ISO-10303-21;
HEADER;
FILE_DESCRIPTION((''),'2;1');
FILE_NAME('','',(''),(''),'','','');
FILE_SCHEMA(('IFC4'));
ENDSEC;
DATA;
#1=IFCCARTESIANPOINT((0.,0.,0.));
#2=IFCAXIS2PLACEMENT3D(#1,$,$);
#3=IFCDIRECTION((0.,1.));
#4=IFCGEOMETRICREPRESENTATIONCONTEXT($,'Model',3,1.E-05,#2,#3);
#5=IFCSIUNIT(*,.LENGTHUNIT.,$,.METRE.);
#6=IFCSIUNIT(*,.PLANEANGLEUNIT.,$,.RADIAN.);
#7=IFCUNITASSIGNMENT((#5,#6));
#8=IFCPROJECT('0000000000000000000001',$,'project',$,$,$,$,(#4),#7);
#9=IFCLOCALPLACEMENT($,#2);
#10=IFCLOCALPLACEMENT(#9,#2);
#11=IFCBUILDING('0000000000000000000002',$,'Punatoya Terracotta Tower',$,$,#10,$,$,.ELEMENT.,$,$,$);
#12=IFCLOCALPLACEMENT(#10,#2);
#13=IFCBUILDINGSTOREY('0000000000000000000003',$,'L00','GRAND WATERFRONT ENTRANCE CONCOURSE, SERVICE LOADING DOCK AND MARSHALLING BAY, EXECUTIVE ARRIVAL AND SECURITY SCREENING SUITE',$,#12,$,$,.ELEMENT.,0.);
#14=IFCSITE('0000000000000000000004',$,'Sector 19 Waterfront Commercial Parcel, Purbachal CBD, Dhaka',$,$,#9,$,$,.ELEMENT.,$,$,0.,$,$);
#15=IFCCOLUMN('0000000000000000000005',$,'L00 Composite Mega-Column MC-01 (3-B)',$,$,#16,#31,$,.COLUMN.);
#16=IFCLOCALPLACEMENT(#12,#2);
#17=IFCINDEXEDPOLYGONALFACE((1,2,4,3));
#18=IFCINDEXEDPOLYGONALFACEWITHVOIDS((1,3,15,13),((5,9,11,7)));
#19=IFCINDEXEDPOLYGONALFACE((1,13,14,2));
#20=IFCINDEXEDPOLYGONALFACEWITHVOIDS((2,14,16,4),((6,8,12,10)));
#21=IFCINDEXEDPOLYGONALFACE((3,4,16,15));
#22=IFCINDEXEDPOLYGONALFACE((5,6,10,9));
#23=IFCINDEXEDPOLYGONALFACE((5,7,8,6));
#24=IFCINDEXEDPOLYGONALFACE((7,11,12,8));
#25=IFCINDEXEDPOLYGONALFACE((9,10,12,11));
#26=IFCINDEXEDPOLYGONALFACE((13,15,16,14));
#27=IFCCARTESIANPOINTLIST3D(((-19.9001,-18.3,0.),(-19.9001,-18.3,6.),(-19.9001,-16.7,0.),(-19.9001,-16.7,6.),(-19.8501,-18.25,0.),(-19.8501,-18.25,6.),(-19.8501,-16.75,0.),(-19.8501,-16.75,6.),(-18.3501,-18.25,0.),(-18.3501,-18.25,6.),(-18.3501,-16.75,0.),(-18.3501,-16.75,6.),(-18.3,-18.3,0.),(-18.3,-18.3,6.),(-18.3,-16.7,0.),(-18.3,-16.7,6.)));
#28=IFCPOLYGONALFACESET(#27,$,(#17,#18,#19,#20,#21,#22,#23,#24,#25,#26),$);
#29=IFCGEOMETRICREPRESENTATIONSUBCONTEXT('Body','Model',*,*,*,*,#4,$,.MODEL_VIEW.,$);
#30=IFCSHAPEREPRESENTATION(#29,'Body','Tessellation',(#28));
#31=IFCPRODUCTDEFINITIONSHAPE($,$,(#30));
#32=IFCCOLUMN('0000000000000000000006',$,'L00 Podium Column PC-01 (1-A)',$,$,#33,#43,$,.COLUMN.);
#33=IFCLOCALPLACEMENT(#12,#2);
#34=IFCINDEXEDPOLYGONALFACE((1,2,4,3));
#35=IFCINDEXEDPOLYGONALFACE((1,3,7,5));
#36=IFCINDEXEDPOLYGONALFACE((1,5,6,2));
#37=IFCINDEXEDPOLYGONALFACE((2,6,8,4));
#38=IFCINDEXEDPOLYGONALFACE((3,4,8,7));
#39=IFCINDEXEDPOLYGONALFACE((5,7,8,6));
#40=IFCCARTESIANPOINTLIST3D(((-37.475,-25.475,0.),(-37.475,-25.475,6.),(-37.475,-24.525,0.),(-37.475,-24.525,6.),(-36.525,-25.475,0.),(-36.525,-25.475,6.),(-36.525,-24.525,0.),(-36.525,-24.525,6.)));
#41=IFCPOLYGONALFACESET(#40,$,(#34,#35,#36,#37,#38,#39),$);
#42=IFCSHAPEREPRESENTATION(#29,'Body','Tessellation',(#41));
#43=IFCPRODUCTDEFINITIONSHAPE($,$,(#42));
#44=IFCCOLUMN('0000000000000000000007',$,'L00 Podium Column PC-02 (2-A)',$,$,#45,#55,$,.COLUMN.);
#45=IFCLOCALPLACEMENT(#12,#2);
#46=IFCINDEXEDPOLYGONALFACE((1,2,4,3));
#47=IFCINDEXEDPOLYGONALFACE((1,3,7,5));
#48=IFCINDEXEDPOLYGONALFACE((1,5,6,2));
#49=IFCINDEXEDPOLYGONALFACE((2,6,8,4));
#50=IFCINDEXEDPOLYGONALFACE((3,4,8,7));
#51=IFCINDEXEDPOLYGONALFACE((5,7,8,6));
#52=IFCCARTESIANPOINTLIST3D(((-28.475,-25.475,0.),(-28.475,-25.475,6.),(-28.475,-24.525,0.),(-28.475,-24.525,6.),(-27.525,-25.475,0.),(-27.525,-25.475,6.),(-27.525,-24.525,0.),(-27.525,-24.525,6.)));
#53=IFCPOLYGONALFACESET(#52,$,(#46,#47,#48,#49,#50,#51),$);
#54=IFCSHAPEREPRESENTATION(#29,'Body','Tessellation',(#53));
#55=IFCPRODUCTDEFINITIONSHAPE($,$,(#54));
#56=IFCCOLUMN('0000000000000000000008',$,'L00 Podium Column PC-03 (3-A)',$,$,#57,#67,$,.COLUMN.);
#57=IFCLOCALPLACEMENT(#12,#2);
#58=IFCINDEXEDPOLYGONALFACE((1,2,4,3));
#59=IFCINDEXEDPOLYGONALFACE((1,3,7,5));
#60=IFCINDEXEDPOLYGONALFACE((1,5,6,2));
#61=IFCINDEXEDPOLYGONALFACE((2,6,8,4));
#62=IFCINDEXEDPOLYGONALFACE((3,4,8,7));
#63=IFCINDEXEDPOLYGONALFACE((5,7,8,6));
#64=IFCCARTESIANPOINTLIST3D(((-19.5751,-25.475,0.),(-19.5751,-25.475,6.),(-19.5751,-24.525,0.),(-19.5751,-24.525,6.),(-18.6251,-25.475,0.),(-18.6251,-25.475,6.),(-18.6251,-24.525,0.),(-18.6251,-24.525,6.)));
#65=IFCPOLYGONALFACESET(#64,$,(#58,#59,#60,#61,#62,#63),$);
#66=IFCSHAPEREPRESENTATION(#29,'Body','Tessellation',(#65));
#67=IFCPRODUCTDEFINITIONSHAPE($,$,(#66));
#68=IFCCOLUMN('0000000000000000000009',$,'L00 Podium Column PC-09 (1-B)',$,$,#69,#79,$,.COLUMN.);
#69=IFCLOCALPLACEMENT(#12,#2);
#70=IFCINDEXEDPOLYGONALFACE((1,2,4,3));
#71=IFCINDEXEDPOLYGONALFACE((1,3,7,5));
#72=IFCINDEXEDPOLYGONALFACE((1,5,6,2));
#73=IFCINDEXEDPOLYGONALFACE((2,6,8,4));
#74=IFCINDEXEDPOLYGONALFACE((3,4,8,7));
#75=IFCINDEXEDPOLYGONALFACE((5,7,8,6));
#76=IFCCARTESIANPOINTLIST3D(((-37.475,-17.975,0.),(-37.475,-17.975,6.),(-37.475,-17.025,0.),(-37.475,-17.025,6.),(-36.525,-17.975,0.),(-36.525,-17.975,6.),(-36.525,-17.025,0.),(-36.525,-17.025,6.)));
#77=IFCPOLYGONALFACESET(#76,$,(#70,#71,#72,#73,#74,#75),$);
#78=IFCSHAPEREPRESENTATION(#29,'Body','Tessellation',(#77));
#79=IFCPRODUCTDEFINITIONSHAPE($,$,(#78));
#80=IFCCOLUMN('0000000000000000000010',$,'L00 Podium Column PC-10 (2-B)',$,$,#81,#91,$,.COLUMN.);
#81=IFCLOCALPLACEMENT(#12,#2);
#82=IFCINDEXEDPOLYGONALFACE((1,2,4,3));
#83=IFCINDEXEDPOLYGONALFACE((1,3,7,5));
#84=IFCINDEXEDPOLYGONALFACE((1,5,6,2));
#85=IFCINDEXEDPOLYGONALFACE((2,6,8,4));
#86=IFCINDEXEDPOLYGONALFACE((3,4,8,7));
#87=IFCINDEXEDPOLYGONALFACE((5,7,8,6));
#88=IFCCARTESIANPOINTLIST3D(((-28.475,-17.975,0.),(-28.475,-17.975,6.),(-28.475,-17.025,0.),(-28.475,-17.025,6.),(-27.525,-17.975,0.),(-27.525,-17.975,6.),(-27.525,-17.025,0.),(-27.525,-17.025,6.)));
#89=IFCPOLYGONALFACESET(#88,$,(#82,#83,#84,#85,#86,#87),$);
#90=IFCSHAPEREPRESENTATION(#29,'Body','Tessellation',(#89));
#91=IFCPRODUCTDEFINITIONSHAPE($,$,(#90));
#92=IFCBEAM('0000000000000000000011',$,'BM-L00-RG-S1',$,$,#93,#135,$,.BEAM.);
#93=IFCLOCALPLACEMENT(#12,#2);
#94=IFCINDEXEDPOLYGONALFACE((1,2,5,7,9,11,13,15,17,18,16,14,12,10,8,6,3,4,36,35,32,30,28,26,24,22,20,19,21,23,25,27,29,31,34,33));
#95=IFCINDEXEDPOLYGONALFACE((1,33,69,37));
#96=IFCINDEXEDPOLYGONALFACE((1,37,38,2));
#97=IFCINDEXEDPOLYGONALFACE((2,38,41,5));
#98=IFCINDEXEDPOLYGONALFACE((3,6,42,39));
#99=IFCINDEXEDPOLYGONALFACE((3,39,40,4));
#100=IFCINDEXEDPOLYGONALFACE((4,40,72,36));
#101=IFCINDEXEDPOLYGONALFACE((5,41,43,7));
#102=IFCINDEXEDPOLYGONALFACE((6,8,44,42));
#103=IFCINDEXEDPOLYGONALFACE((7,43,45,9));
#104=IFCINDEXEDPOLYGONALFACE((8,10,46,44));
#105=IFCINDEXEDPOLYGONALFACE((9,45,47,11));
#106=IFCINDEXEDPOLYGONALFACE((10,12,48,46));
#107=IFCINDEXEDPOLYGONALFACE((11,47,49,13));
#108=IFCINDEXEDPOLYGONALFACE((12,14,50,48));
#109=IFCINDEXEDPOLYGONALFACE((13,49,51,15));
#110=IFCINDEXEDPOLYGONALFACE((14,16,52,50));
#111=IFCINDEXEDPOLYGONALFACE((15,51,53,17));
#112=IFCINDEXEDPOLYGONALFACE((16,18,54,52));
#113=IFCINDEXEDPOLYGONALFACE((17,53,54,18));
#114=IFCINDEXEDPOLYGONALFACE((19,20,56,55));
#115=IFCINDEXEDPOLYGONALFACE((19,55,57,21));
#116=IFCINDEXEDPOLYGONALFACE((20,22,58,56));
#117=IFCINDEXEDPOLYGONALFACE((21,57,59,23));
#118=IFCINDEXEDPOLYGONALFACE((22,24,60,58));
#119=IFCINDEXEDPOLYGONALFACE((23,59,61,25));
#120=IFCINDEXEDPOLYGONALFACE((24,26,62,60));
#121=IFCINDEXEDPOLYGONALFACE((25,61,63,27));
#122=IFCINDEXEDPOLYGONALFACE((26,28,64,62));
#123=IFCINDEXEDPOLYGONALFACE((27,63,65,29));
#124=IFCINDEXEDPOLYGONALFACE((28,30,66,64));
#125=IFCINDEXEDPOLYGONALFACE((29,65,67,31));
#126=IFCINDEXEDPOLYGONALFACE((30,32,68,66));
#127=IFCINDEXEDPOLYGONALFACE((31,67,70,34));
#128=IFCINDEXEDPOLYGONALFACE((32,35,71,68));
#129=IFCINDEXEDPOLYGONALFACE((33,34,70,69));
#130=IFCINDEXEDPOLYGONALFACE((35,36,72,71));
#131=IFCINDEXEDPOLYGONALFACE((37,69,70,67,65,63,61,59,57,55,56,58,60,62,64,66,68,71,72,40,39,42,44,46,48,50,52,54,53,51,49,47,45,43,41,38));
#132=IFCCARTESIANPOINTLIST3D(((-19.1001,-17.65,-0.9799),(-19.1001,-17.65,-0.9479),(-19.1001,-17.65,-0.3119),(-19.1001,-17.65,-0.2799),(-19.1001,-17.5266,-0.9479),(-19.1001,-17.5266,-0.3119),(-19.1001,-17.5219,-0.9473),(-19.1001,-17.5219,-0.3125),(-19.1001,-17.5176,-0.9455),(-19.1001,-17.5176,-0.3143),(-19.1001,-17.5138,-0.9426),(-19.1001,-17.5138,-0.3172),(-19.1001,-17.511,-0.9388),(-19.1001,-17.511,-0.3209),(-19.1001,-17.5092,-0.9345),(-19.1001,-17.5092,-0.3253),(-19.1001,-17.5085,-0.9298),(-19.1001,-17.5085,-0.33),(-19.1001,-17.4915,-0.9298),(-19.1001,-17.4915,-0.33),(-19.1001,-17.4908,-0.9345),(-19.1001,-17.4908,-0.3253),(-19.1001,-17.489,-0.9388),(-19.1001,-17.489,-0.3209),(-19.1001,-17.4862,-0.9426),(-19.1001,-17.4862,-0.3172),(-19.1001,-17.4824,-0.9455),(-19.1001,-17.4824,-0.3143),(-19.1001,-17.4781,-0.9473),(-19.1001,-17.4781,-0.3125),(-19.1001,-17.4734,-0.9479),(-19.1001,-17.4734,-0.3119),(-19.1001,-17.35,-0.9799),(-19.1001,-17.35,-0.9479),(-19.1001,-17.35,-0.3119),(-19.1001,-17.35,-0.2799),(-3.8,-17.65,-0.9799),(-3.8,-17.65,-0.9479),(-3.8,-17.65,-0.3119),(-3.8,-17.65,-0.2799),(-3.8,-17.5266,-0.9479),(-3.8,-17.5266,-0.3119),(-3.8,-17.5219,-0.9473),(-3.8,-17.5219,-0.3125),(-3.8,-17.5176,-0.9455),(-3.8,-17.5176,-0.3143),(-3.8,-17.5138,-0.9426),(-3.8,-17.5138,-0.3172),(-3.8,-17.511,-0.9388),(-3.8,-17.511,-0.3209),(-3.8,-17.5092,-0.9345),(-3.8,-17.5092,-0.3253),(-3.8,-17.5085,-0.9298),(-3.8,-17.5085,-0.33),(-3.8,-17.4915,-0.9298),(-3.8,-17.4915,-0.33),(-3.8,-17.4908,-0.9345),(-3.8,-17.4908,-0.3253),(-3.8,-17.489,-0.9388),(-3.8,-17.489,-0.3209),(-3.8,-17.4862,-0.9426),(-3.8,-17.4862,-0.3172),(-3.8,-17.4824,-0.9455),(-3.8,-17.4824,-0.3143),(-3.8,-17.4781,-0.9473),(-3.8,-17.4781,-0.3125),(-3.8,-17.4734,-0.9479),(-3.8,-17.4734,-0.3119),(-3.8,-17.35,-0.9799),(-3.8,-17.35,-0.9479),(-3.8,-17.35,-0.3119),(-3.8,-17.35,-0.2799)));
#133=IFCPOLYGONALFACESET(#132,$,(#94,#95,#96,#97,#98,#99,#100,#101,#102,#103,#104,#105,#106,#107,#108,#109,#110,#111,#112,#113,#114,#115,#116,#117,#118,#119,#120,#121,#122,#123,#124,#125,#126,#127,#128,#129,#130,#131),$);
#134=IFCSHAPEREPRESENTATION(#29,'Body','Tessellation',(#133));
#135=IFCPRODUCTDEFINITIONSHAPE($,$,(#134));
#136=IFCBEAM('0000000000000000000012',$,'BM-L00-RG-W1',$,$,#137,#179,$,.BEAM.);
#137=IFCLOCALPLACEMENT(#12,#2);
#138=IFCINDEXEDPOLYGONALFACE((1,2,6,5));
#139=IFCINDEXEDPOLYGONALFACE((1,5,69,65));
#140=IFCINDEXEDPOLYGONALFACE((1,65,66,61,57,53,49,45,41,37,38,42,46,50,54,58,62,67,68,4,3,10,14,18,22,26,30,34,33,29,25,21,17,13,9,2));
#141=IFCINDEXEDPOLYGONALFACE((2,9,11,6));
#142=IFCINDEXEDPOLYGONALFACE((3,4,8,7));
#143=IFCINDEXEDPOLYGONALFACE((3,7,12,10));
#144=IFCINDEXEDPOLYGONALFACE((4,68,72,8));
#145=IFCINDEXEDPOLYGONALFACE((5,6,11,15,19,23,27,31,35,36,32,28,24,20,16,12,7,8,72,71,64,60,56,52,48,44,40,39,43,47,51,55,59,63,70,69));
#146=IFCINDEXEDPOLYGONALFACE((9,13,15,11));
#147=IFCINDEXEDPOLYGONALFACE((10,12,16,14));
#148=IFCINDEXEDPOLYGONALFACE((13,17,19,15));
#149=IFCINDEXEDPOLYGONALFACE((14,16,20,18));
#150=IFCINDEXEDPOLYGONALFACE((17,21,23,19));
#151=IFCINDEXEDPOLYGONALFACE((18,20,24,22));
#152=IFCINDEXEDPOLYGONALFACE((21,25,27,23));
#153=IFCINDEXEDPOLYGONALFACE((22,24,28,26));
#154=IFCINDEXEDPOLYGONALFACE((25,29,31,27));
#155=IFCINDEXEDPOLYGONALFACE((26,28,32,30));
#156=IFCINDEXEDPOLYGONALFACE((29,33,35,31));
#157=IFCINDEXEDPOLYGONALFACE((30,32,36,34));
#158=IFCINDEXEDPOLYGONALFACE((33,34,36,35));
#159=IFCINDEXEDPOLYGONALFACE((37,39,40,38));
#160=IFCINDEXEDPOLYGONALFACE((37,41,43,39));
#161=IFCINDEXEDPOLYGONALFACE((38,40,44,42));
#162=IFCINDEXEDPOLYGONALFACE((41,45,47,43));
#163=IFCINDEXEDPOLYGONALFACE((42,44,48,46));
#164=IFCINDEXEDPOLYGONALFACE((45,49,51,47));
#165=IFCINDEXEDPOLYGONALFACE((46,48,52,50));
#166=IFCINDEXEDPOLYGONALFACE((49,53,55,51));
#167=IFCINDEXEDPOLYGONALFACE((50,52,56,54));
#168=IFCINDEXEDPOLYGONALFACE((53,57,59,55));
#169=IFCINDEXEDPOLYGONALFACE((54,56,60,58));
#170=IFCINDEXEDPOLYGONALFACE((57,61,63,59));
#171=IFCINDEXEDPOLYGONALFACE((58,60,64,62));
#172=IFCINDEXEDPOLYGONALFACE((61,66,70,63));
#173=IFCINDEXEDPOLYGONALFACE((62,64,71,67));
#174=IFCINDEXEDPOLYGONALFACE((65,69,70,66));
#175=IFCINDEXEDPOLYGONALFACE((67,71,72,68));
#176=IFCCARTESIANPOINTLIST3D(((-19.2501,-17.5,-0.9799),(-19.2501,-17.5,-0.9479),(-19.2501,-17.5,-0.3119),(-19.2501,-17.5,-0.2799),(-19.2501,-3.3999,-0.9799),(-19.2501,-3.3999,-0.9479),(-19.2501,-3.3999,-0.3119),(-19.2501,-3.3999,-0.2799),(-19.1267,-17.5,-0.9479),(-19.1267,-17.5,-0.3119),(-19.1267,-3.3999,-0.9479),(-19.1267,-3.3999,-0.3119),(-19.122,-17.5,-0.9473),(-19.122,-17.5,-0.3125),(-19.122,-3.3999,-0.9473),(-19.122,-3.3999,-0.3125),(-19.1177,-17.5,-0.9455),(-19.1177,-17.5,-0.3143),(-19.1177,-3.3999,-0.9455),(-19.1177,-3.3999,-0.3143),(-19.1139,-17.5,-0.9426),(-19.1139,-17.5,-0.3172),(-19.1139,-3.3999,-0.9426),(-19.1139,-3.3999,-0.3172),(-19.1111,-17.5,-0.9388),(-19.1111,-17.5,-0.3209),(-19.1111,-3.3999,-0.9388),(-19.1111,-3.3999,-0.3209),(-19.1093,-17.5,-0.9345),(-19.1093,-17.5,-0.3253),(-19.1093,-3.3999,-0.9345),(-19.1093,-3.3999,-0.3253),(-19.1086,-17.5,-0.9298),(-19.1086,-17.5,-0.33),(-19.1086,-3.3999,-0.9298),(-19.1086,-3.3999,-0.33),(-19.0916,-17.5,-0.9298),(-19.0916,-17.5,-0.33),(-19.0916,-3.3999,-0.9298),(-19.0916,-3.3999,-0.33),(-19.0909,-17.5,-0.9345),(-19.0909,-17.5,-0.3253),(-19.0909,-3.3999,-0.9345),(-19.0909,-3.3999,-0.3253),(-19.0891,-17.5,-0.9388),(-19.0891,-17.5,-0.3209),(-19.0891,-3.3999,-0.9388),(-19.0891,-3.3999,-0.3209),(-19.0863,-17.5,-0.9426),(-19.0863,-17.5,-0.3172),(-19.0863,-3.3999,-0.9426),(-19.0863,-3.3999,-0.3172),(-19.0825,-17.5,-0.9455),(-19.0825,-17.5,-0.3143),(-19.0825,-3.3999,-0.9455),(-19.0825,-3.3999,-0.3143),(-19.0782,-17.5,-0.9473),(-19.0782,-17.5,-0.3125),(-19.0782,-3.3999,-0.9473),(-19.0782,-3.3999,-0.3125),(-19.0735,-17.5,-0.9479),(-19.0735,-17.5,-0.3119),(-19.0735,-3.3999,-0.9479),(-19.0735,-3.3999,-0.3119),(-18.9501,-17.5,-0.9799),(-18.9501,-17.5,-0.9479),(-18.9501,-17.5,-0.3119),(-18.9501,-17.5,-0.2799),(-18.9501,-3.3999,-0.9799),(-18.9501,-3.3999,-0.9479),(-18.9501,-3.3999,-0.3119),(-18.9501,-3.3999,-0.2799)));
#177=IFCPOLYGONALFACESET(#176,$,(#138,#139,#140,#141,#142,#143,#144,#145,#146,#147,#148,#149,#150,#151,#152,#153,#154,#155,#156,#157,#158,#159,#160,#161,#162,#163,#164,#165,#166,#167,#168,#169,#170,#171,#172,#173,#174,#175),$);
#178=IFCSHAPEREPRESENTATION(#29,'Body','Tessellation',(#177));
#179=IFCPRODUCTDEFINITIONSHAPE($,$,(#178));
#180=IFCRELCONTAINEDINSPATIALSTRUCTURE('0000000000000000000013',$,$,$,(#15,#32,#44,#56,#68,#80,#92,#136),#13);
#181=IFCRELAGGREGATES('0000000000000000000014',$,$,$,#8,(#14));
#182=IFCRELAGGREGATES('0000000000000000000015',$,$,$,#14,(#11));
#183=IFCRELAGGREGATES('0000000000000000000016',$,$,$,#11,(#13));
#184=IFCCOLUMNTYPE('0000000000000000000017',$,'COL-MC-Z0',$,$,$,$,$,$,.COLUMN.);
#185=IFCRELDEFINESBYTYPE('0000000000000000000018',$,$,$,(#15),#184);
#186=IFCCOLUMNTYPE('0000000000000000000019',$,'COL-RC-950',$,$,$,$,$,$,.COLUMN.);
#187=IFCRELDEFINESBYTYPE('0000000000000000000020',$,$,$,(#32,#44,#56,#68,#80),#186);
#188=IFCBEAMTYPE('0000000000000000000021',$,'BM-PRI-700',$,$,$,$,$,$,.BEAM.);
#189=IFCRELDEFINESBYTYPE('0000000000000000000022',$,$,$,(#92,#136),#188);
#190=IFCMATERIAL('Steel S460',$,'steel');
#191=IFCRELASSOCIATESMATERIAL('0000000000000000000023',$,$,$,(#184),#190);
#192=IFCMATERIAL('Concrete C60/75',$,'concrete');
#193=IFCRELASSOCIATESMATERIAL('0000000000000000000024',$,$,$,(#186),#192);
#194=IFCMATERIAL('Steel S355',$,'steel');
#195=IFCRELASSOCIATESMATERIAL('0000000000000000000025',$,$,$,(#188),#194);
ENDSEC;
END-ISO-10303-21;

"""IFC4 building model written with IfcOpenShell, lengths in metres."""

from ifc_helpers import new_model, si_unit, direction, frame, origin, origin_2d, place, context, subcontext, project, spatial, rectangle, hollow_rectangle, i_section, extrude, material, material_profile, profile_set, type_object, element, save


model = new_model("IFC4")

# Units and contexts
model_context = context("Model", 3, precision=1e-05, world=origin(), true_north=direction((0.0, 1.0)))
body_context = subcontext(model_context, "Body", "Model", "MODEL_VIEW")
ifc_project = project(units=[si_unit("LENGTHUNIT", "METRE"), si_unit("PLANEANGLEUNIT", "RADIAN")], contexts=[model_context])

# Site, building, storey
site_placement = place(None, origin())
site = spatial("IfcSite", under=ifc_project, at=site_placement, Name="Sector 19 Waterfront Commercial Parcel, Purbachal CBD, Dhaka", CompositionType="ELEMENT", RefElevation=0.0)
building_placement = place(site_placement, origin())
building = spatial("IfcBuilding", under=site, at=building_placement, Name="Punatoya Terracotta Tower", CompositionType="ELEMENT")
storey_placement = place(building_placement, origin())
storey = spatial("IfcBuildingStorey", under=building, at=storey_placement, Name="L00", Description="GRAND WATERFRONT ENTRANCE CONCOURSE, SERVICE LOADING DOCK AND MARSHALLING BAY, EXECUTIVE ARRIVAL AND SECURITY SCREENING SUITE", CompositionType="ELEMENT", Elevation=0.0)

# Columns
ifc_material_1 = material(Name="Steel S460", Category="steel")
ifc_material_profile_1 = material_profile(ifc_material_1, hollow_rectangle(XDim=1.6001, YDim=1.6001, WallThickness=0.05, at=origin_2d()))
ifc_profile_set_1 = profile_set([ifc_material_profile_1], Name="Steel S460")
column_type_1 = type_object("IfcColumnType", Name="COL-MC-Z0", PredefinedType="COLUMN", material=ifc_profile_set_1)
column_placement = place(storey_placement, frame((-19.1001, -17.5, 0.0), z_axis=(0.0, 0.0, 1.0), x_axis=(1.0, 0.0, 0.0)))
element("IfcColumn", 1, at=column_placement, inside=storey, type_object=column_type_1, Name="L00 Composite Mega-Column MC-01 (3-B)", PredefinedType="COLUMN", context=body_context, shape_type="SweptSolid", body=[
    extrude(hollow_rectangle(XDim=1.6001, YDim=1.6001, WallThickness=0.05, at=origin_2d()), origin(), (0.0, 0.0, 1.0), 6.0),
])
ifc_material_2 = material(Name="Concrete C60/75", Category="concrete")
ifc_material_profile_2 = material_profile(ifc_material_2, rectangle(XDim=0.95, YDim=0.95, at=origin_2d()))
ifc_profile_set_2 = profile_set([ifc_material_profile_2], Name="Concrete C60/75")
column_type_2 = type_object("IfcColumnType", Name="COL-RC-950", PredefinedType="COLUMN", material=ifc_profile_set_2)
for number, where, z_axis, x_axis, name in (
    (2, (-37.0, -25.0, 0.0), (0.0, 0.0, 1.0), (1.0, 0.0, 0.0), "L00 Podium Column PC-01 (1-A)"),
    (3, (-28.0, -25.0, 0.0), (0.0, 0.0, 1.0), (1.0, 0.0, 0.0), "L00 Podium Column PC-02 (2-A)"),
    (4, (-19.1001, -25.0, 0.0), (0.0, 0.0, 1.0), (1.0, 0.0, 0.0), "L00 Podium Column PC-03 (3-A)"),
    (5, (-37.0, -17.5, 0.0), (0.0, 0.0, 1.0), (1.0, 0.0, 0.0), "L00 Podium Column PC-09 (1-B)"),
    (6, (-28.0, -17.5, 0.0), (0.0, 0.0, 1.0), (1.0, 0.0, 0.0), "L00 Podium Column PC-10 (2-B)"),
):
    element("IfcColumn", number, at=place(storey_placement, frame(where, z_axis=z_axis, x_axis=x_axis)), inside=storey, type_object=column_type_2, Name=name, PredefinedType="COLUMN", context=body_context, shape_type="SweptSolid", body=[
        extrude(rectangle(XDim=0.95, YDim=0.95, at=origin_2d()), origin(), (0.0, 0.0, 1.0), 6.0),
    ])

# Beams
ifc_material_3 = material(Name="Steel S355", Category="steel")
ifc_material_profile_3 = material_profile(ifc_material_3, i_section(OverallWidth=0.3, OverallDepth=0.7, WebThickness=0.0171, FlangeThickness=0.032, FilletRadius=0.0181, at=origin_2d()))
ifc_profile_set_3 = profile_set([ifc_material_profile_3], Name="Steel S355")
beam_type_1 = type_object("IfcBeamType", Name="BM-PRI-700", PredefinedType="BEAM", material=ifc_profile_set_3)
beam_1_placement = place(storey_placement, frame((-19.1001, -17.5, -0.6299), z_axis=(1.0, 0.0, 0.0), x_axis=(0.0, 1.0, 0.0)))
element("IfcBeam", 7, at=beam_1_placement, inside=storey, type_object=beam_type_1, Name="BM-L00-RG-S1", PredefinedType="BEAM", context=body_context, shape_type="SweptSolid", body=[
    extrude(i_section(OverallWidth=0.3, OverallDepth=0.7, WebThickness=0.0171, FlangeThickness=0.032, FilletRadius=0.0181, at=origin_2d()), origin(), (0.0, 0.0, 1.0), 15.3),
])
beam_2_placement = place(storey_placement, frame((-19.1001, -17.5, -0.6299), z_axis=(0.0, 1.0, 0.0), x_axis=(-1.0, 0.0, 0.0)))
element("IfcBeam", 8, at=beam_2_placement, inside=storey, type_object=beam_type_1, Name="BM-L00-RG-W1", PredefinedType="BEAM", context=body_context, shape_type="SweptSolid", body=[
    extrude(i_section(OverallWidth=0.3, OverallDepth=0.7, WebThickness=0.0171, FlangeThickness=0.032, FilletRadius=0.0181, at=origin_2d()), origin(), (0.0, 0.0, 1.0), 14.1001),
])

save(model, "model.ifc")
